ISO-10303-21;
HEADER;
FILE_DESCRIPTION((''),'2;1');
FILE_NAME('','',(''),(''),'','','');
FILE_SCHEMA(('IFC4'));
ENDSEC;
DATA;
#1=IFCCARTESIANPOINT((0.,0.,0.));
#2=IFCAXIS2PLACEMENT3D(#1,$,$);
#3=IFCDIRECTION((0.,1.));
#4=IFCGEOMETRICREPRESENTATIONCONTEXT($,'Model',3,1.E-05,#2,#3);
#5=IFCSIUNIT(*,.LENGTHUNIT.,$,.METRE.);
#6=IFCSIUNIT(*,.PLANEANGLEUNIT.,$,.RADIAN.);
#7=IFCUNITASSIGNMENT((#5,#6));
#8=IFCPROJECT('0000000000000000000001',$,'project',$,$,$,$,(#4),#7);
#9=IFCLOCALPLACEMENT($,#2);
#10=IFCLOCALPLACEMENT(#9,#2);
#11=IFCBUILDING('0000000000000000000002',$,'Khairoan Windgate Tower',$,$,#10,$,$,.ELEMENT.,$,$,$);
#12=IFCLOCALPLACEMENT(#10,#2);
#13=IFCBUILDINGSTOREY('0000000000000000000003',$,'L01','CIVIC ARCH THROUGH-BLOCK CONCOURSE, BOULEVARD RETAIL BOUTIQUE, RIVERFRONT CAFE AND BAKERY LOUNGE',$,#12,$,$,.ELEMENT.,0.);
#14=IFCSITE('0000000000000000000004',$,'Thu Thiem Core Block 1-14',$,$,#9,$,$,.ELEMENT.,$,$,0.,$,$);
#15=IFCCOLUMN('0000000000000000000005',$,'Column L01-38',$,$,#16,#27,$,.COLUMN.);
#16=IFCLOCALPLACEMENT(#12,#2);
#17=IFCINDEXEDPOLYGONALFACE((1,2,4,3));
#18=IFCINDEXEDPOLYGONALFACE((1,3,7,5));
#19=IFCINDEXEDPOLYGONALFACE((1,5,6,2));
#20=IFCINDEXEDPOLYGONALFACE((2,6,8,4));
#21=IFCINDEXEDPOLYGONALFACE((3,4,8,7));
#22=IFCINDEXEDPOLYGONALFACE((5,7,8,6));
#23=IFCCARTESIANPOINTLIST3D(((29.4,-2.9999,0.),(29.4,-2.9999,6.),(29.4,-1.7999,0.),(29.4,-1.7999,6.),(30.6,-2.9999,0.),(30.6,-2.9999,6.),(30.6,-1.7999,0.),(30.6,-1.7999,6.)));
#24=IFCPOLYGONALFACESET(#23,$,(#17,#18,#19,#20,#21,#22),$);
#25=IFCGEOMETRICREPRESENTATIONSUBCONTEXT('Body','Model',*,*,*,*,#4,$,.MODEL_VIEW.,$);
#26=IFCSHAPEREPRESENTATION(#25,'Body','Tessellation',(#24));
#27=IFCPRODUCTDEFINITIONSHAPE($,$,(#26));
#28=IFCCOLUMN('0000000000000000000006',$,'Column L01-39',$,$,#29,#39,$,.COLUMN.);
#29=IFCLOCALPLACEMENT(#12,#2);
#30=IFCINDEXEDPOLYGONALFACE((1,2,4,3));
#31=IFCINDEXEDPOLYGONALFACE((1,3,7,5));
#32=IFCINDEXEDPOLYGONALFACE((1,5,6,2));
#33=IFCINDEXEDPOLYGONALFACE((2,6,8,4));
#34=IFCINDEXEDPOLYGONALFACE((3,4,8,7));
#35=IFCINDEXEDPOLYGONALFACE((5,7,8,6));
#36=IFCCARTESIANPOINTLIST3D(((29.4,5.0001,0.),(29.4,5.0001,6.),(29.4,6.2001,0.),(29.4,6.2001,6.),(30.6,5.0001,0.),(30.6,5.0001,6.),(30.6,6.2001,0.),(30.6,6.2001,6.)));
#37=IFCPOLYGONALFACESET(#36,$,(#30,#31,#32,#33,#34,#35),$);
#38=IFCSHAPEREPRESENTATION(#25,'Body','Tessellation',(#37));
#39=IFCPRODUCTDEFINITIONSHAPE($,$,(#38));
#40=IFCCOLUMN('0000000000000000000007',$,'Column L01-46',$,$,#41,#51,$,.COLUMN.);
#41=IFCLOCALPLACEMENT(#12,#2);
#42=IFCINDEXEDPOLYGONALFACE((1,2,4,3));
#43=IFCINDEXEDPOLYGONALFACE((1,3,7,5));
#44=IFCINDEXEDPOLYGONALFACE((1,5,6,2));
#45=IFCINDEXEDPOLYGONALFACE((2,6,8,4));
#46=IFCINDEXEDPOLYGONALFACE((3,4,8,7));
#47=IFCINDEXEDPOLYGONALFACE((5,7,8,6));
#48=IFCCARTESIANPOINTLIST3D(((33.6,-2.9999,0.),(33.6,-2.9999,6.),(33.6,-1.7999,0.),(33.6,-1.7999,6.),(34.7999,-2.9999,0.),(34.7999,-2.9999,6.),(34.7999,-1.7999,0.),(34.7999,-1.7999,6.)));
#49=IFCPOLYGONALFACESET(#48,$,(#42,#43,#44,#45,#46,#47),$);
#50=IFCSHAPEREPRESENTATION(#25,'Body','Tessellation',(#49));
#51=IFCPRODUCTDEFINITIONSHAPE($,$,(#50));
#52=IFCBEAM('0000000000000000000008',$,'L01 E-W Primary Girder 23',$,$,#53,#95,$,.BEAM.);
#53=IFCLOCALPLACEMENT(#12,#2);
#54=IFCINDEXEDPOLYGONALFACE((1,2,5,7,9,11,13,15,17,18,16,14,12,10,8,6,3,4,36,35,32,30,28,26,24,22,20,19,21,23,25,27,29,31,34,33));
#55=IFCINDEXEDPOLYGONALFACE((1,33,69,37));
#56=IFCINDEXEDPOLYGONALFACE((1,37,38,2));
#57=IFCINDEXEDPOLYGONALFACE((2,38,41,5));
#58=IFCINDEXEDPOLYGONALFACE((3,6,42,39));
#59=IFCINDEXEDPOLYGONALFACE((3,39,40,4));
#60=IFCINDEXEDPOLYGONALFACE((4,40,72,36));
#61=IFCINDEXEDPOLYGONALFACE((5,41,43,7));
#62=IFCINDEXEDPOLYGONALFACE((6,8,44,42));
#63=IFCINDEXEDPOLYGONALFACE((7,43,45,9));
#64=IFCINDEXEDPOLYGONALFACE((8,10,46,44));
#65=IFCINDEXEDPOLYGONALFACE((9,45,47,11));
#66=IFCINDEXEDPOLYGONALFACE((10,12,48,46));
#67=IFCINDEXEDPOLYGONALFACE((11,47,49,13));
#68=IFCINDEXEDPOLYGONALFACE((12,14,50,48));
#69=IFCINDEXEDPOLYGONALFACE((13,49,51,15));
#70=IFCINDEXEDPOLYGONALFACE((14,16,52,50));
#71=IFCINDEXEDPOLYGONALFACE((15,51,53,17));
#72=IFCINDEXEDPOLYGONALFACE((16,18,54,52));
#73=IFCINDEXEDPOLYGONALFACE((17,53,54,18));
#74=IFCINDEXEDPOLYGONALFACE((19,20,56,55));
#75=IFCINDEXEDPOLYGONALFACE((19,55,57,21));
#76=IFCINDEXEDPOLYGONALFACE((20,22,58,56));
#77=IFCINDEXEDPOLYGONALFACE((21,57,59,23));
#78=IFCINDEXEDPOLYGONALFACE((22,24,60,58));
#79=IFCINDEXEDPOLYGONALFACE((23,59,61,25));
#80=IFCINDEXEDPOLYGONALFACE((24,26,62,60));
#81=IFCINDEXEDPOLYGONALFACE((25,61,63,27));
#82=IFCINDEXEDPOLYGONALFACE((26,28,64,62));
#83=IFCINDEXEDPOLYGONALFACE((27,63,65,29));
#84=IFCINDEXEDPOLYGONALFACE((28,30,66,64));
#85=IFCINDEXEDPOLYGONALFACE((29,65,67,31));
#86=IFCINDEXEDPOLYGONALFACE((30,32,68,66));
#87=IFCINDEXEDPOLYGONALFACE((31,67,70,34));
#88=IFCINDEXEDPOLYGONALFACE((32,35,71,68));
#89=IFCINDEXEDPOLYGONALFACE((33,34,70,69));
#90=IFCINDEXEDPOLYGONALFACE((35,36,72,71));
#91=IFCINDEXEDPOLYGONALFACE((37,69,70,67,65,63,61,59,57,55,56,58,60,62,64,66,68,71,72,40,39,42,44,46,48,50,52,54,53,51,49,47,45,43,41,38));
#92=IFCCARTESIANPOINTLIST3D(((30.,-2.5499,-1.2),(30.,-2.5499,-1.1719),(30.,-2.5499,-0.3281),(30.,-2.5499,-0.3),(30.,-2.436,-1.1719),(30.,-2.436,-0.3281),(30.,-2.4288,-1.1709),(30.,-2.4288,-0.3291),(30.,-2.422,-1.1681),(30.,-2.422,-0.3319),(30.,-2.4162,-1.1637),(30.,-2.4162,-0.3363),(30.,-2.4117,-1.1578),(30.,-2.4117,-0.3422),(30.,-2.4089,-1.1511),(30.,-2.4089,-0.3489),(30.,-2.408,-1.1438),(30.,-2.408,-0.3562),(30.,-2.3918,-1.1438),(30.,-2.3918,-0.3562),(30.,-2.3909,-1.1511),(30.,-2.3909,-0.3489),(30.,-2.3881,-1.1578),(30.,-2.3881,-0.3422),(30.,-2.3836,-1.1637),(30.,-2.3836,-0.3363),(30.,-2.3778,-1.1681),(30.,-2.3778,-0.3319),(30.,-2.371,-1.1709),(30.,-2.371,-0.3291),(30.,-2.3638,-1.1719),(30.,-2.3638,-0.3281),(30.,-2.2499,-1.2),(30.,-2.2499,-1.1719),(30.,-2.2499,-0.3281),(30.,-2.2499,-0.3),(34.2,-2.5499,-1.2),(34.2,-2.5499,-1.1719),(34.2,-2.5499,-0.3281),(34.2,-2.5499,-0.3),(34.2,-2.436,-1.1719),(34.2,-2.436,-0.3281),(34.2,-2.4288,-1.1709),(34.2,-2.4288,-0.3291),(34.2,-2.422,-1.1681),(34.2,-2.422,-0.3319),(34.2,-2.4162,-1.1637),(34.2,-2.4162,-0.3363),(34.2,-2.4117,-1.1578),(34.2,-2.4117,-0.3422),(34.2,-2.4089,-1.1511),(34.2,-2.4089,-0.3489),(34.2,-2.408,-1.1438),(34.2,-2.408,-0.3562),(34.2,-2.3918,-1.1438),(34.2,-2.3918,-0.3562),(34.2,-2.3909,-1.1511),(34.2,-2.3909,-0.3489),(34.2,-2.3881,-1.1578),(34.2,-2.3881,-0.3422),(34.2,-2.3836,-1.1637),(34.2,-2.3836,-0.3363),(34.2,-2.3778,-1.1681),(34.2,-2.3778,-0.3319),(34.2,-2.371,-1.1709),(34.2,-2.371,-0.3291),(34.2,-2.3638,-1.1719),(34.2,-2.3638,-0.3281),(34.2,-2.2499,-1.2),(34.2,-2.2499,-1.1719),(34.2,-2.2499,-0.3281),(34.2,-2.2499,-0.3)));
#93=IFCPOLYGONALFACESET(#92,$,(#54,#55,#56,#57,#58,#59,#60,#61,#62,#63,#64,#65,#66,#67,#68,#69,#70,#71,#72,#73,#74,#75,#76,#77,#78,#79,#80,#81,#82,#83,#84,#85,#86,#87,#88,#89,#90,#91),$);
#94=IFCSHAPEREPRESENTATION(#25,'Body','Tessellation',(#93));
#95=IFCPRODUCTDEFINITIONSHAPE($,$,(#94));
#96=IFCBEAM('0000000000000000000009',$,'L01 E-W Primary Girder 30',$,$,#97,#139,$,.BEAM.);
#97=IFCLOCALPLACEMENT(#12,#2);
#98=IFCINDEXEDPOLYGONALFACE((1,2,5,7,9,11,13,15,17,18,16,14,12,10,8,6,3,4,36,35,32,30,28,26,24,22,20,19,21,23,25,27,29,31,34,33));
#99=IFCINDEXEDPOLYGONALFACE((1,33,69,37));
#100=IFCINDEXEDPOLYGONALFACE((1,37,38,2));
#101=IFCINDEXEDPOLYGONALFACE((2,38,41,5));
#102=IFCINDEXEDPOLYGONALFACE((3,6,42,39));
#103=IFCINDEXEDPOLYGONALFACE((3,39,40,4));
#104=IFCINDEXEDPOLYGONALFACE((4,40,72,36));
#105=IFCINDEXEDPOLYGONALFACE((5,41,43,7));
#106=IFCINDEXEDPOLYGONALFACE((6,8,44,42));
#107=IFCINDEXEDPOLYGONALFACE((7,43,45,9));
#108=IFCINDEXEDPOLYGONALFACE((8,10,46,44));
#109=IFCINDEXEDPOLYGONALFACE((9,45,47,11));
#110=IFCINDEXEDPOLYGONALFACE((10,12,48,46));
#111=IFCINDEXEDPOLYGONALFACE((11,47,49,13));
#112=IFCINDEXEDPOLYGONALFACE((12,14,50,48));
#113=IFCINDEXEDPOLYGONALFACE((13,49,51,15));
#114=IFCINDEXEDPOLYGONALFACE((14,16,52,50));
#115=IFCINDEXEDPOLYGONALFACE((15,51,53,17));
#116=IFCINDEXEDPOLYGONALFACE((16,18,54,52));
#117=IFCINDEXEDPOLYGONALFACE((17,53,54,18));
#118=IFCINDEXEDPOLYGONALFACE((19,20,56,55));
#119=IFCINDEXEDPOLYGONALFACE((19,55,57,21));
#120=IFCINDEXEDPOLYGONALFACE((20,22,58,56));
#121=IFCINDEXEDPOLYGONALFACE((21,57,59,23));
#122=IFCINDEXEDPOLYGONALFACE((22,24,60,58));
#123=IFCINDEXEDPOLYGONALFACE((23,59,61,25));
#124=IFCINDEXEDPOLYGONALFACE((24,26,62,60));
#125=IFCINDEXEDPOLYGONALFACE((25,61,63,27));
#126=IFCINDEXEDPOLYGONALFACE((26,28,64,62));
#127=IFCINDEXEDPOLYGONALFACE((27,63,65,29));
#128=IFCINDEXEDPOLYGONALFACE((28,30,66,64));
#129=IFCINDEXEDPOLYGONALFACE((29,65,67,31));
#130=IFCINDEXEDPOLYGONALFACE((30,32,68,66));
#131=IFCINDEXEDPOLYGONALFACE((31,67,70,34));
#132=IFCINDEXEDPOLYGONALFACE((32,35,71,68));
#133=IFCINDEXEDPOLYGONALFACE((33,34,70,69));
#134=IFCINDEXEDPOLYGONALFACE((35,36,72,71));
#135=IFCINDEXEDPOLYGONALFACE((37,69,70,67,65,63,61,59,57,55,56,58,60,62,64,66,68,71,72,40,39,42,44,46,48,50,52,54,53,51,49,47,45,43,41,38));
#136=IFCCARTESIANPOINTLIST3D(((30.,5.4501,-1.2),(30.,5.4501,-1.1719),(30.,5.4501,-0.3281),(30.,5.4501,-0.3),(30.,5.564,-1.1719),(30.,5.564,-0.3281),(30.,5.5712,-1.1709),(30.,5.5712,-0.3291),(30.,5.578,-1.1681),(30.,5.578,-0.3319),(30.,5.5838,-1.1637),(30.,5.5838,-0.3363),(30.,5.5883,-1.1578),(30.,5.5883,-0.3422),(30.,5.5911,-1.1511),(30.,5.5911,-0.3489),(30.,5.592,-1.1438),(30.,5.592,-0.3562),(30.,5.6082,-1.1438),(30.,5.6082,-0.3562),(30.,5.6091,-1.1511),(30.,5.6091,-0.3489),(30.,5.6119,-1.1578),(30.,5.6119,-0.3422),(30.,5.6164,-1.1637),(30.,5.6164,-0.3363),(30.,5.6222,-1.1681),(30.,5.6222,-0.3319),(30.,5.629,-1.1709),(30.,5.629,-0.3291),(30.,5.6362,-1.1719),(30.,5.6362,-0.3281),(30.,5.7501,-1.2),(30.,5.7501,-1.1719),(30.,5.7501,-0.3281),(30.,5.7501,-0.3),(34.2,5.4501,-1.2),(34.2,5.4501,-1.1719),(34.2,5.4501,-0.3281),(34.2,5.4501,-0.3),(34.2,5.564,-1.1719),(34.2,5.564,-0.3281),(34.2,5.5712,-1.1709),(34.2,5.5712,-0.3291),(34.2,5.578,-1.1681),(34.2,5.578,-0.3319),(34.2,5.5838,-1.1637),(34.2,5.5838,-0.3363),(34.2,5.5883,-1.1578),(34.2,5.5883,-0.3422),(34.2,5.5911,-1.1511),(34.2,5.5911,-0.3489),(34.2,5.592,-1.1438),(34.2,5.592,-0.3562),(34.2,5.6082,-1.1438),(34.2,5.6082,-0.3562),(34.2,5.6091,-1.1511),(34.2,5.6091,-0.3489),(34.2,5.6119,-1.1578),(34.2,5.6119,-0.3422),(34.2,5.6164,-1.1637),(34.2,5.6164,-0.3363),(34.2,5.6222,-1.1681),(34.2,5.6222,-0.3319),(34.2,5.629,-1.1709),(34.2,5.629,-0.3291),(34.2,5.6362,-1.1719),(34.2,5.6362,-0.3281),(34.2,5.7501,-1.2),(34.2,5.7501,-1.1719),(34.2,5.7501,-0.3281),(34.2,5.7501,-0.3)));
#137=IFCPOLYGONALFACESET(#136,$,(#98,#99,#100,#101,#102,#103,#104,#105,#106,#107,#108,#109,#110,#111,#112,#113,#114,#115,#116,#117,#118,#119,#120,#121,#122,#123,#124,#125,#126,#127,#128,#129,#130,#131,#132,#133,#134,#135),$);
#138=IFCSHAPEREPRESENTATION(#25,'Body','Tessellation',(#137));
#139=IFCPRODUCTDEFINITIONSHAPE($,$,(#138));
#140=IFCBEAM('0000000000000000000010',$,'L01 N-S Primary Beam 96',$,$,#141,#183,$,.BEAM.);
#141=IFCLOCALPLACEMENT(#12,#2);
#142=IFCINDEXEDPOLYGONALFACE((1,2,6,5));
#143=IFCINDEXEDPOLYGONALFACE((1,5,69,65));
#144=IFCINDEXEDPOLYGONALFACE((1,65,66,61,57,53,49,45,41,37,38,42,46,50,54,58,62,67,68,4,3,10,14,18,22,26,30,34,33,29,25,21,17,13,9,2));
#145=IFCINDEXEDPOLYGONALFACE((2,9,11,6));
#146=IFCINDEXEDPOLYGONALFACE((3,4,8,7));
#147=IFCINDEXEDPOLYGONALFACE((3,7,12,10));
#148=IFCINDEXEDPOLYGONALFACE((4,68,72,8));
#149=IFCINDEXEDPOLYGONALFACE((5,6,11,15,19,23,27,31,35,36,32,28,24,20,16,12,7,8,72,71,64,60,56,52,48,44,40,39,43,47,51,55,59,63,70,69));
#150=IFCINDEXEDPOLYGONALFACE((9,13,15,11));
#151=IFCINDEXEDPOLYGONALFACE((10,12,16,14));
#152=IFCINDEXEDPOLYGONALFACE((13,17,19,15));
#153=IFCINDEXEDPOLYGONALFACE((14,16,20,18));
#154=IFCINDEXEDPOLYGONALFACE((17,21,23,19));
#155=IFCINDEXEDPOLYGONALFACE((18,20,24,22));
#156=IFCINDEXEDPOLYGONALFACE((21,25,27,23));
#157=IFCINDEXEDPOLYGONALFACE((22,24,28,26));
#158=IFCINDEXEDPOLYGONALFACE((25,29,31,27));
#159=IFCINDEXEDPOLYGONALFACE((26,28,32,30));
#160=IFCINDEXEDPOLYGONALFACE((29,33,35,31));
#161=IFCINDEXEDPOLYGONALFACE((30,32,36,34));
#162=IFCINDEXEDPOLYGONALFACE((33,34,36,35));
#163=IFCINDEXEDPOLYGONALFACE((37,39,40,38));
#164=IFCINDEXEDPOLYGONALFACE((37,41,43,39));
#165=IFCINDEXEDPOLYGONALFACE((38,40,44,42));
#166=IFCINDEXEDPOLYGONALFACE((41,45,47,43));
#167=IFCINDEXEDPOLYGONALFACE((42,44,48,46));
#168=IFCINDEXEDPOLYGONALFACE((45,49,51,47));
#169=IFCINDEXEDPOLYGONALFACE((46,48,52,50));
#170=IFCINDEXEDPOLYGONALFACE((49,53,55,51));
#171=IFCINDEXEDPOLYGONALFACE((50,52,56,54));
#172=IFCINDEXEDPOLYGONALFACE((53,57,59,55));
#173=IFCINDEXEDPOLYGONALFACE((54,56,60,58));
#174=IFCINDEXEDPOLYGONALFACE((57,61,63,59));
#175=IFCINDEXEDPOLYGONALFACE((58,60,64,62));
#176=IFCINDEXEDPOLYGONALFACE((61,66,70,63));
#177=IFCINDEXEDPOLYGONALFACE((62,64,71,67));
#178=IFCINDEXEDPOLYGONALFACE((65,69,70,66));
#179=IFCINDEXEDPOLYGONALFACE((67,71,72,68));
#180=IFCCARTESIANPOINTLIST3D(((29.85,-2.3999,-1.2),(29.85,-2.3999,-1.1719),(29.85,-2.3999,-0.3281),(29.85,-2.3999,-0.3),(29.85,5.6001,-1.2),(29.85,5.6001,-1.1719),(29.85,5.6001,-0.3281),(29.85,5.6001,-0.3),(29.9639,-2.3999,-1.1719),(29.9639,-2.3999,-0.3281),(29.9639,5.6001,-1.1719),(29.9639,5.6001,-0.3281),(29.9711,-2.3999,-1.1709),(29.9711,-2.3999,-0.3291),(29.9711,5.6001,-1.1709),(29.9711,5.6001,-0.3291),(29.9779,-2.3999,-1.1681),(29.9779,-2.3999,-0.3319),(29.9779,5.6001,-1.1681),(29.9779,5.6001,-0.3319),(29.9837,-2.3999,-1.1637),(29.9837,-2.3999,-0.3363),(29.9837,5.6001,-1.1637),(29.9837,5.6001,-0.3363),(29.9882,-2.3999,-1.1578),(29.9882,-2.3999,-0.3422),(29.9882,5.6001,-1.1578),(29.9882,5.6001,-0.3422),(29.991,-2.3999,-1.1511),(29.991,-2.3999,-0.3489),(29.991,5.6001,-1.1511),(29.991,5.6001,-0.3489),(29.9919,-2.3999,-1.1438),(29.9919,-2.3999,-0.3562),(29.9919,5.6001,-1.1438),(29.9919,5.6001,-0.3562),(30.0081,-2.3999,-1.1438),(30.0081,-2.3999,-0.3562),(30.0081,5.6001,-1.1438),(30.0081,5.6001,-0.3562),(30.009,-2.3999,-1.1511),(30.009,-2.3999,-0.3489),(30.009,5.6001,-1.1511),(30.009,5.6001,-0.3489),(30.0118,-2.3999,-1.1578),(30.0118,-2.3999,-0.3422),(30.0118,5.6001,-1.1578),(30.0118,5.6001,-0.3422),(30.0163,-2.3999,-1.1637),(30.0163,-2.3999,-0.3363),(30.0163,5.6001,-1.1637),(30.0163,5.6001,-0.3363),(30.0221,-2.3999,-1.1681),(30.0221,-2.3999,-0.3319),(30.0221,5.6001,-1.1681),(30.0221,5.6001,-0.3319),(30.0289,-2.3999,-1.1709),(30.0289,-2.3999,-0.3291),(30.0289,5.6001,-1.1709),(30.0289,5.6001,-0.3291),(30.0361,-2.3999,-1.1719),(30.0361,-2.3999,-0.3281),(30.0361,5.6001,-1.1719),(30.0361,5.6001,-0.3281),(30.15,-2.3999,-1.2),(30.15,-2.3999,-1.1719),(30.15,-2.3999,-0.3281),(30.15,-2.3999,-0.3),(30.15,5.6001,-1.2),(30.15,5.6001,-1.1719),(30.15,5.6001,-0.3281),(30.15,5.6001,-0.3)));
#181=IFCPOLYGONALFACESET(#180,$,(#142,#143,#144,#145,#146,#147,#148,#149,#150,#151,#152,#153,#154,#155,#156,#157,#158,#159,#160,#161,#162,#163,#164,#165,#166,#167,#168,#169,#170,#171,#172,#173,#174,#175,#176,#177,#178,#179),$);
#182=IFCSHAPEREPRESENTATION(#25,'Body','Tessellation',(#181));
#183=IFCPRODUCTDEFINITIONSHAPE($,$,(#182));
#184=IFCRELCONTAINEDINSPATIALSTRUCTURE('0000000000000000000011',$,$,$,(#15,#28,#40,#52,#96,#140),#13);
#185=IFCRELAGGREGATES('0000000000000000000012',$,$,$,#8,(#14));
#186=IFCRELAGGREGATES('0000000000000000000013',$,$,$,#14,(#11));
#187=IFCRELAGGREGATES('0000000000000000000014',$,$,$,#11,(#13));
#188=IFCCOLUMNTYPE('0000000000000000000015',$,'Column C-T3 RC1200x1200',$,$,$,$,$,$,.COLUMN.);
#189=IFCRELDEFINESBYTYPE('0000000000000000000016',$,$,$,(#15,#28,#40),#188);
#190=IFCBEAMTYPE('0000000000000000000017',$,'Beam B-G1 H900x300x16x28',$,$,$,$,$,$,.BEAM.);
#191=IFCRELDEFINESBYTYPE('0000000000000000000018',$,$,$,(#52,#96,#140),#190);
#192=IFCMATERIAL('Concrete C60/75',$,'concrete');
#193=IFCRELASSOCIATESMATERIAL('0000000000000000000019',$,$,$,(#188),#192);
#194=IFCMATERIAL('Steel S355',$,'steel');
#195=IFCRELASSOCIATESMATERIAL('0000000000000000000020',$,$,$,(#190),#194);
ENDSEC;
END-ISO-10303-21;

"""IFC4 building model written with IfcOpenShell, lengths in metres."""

from ifc_helpers import new_model, si_unit, direction, frame, origin, origin_2d, place, context, subcontext, project, spatial, rectangle, i_section, extrude, material, material_profile, profile_set, type_object, element, save


model = new_model("IFC4")

# Units and contexts
model_context = context("Model", 3, precision=1e-05, world=origin(), true_north=direction((0.0, 1.0)))
body_context = subcontext(model_context, "Body", "Model", "MODEL_VIEW")
ifc_project = project(units=[si_unit("LENGTHUNIT", "METRE"), si_unit("PLANEANGLEUNIT", "RADIAN")], contexts=[model_context])

# Site, building, storey
site_placement = place(None, origin())
site = spatial("IfcSite", under=ifc_project, at=site_placement, Name="Thu Thiem Core Block 1-14", CompositionType="ELEMENT", RefElevation=0.0)
building_placement = place(site_placement, origin())
building = spatial("IfcBuilding", under=site, at=building_placement, Name="Khairoan Windgate Tower", CompositionType="ELEMENT")
storey_placement = place(building_placement, origin())
storey = spatial("IfcBuildingStorey", under=building, at=storey_placement, Name="L01", Description="CIVIC ARCH THROUGH-BLOCK CONCOURSE, BOULEVARD RETAIL BOUTIQUE, RIVERFRONT CAFE AND BAKERY LOUNGE", CompositionType="ELEMENT", Elevation=0.0)

# Columns
ifc_material_1 = material(Name="Concrete C60/75", Category="concrete")
ifc_material_profile_1 = material_profile(ifc_material_1, rectangle(XDim=1.2, YDim=1.2, at=origin_2d()))
ifc_profile_set_1 = profile_set([ifc_material_profile_1], Name="Concrete C60/75")
column_type = type_object("IfcColumnType", Name="Column C-T3 RC1200x1200", PredefinedType="COLUMN", material=ifc_profile_set_1)
for number, where, z_axis, x_axis, name in (
    (1, (30.0, -2.3999, 0.0), (0.0, 0.0, 1.0), (1.0, 0.0, 0.0), "Column L01-38"),
    (2, (30.0, 5.6001, 0.0), (0.0, 0.0, 1.0), (1.0, 0.0, 0.0), "Column L01-39"),
    (3, (34.2, -2.3999, 0.0), (0.0, 0.0, 1.0), (1.0, 0.0, 0.0), "Column L01-46"),
):
    element("IfcColumn", number, at=place(storey_placement, frame(where, z_axis=z_axis, x_axis=x_axis)), inside=storey, type_object=column_type, Name=name, PredefinedType="COLUMN", context=body_context, shape_type="SweptSolid", body=[
        extrude(rectangle(XDim=1.2, YDim=1.2, at=origin_2d()), origin(), (0.0, 0.0, 1.0), 6.0),
    ])

# Beams
ifc_material_2 = material(Name="Steel S355", Category="steel")
ifc_material_profile_2 = material_profile(ifc_material_2, i_section(OverallWidth=0.3, OverallDepth=0.8999, WebThickness=0.0161, FlangeThickness=0.0281, FilletRadius=0.0281, at=origin_2d()))
ifc_profile_set_2 = profile_set([ifc_material_profile_2], Name="Steel S355")
beam_type_1 = type_object("IfcBeamType", Name="Beam B-G1 H900x300x16x28", PredefinedType="BEAM", material=ifc_profile_set_2)
for number, where, z_axis, x_axis, name in (
    (4, (30.0, -2.3999, -0.75), (1.0, 0.0, 0.0), (0.0, 1.0, 0.0), "L01 E-W Primary Girder 23"),
    (5, (30.0, 5.6001, -0.75), (1.0, 0.0, 0.0), (0.0, 1.0, 0.0), "L01 E-W Primary Girder 30"),
):
    element("IfcBeam", number, at=place(storey_placement, frame(where, z_axis=z_axis, x_axis=x_axis)), inside=storey, type_object=beam_type_1, Name=name, PredefinedType="BEAM", context=body_context, shape_type="SweptSolid", body=[
        extrude(i_section(OverallWidth=0.3, OverallDepth=0.8999, WebThickness=0.0161, FlangeThickness=0.0281, FilletRadius=0.0281, at=origin_2d()), origin(), (0.0, 0.0, 1.0), 4.2),
    ])
beam_1_placement = place(storey_placement, frame((30.0, -2.3999, -0.75), z_axis=(0.0, 1.0, 0.0), x_axis=(-1.0, 0.0, 0.0)))
element("IfcBeam", 6, at=beam_1_placement, inside=storey, type_object=beam_type_1, Name="L01 N-S Primary Beam 96", PredefinedType="BEAM", context=body_context, shape_type="SweptSolid", body=[
    extrude(i_section(OverallWidth=0.3, OverallDepth=0.8999, WebThickness=0.0161, FlangeThickness=0.0281, FilletRadius=0.0281, at=origin_2d()), origin(), (0.0, 0.0, 1.0), 8.0),
])

save(model, "model.ifc")
